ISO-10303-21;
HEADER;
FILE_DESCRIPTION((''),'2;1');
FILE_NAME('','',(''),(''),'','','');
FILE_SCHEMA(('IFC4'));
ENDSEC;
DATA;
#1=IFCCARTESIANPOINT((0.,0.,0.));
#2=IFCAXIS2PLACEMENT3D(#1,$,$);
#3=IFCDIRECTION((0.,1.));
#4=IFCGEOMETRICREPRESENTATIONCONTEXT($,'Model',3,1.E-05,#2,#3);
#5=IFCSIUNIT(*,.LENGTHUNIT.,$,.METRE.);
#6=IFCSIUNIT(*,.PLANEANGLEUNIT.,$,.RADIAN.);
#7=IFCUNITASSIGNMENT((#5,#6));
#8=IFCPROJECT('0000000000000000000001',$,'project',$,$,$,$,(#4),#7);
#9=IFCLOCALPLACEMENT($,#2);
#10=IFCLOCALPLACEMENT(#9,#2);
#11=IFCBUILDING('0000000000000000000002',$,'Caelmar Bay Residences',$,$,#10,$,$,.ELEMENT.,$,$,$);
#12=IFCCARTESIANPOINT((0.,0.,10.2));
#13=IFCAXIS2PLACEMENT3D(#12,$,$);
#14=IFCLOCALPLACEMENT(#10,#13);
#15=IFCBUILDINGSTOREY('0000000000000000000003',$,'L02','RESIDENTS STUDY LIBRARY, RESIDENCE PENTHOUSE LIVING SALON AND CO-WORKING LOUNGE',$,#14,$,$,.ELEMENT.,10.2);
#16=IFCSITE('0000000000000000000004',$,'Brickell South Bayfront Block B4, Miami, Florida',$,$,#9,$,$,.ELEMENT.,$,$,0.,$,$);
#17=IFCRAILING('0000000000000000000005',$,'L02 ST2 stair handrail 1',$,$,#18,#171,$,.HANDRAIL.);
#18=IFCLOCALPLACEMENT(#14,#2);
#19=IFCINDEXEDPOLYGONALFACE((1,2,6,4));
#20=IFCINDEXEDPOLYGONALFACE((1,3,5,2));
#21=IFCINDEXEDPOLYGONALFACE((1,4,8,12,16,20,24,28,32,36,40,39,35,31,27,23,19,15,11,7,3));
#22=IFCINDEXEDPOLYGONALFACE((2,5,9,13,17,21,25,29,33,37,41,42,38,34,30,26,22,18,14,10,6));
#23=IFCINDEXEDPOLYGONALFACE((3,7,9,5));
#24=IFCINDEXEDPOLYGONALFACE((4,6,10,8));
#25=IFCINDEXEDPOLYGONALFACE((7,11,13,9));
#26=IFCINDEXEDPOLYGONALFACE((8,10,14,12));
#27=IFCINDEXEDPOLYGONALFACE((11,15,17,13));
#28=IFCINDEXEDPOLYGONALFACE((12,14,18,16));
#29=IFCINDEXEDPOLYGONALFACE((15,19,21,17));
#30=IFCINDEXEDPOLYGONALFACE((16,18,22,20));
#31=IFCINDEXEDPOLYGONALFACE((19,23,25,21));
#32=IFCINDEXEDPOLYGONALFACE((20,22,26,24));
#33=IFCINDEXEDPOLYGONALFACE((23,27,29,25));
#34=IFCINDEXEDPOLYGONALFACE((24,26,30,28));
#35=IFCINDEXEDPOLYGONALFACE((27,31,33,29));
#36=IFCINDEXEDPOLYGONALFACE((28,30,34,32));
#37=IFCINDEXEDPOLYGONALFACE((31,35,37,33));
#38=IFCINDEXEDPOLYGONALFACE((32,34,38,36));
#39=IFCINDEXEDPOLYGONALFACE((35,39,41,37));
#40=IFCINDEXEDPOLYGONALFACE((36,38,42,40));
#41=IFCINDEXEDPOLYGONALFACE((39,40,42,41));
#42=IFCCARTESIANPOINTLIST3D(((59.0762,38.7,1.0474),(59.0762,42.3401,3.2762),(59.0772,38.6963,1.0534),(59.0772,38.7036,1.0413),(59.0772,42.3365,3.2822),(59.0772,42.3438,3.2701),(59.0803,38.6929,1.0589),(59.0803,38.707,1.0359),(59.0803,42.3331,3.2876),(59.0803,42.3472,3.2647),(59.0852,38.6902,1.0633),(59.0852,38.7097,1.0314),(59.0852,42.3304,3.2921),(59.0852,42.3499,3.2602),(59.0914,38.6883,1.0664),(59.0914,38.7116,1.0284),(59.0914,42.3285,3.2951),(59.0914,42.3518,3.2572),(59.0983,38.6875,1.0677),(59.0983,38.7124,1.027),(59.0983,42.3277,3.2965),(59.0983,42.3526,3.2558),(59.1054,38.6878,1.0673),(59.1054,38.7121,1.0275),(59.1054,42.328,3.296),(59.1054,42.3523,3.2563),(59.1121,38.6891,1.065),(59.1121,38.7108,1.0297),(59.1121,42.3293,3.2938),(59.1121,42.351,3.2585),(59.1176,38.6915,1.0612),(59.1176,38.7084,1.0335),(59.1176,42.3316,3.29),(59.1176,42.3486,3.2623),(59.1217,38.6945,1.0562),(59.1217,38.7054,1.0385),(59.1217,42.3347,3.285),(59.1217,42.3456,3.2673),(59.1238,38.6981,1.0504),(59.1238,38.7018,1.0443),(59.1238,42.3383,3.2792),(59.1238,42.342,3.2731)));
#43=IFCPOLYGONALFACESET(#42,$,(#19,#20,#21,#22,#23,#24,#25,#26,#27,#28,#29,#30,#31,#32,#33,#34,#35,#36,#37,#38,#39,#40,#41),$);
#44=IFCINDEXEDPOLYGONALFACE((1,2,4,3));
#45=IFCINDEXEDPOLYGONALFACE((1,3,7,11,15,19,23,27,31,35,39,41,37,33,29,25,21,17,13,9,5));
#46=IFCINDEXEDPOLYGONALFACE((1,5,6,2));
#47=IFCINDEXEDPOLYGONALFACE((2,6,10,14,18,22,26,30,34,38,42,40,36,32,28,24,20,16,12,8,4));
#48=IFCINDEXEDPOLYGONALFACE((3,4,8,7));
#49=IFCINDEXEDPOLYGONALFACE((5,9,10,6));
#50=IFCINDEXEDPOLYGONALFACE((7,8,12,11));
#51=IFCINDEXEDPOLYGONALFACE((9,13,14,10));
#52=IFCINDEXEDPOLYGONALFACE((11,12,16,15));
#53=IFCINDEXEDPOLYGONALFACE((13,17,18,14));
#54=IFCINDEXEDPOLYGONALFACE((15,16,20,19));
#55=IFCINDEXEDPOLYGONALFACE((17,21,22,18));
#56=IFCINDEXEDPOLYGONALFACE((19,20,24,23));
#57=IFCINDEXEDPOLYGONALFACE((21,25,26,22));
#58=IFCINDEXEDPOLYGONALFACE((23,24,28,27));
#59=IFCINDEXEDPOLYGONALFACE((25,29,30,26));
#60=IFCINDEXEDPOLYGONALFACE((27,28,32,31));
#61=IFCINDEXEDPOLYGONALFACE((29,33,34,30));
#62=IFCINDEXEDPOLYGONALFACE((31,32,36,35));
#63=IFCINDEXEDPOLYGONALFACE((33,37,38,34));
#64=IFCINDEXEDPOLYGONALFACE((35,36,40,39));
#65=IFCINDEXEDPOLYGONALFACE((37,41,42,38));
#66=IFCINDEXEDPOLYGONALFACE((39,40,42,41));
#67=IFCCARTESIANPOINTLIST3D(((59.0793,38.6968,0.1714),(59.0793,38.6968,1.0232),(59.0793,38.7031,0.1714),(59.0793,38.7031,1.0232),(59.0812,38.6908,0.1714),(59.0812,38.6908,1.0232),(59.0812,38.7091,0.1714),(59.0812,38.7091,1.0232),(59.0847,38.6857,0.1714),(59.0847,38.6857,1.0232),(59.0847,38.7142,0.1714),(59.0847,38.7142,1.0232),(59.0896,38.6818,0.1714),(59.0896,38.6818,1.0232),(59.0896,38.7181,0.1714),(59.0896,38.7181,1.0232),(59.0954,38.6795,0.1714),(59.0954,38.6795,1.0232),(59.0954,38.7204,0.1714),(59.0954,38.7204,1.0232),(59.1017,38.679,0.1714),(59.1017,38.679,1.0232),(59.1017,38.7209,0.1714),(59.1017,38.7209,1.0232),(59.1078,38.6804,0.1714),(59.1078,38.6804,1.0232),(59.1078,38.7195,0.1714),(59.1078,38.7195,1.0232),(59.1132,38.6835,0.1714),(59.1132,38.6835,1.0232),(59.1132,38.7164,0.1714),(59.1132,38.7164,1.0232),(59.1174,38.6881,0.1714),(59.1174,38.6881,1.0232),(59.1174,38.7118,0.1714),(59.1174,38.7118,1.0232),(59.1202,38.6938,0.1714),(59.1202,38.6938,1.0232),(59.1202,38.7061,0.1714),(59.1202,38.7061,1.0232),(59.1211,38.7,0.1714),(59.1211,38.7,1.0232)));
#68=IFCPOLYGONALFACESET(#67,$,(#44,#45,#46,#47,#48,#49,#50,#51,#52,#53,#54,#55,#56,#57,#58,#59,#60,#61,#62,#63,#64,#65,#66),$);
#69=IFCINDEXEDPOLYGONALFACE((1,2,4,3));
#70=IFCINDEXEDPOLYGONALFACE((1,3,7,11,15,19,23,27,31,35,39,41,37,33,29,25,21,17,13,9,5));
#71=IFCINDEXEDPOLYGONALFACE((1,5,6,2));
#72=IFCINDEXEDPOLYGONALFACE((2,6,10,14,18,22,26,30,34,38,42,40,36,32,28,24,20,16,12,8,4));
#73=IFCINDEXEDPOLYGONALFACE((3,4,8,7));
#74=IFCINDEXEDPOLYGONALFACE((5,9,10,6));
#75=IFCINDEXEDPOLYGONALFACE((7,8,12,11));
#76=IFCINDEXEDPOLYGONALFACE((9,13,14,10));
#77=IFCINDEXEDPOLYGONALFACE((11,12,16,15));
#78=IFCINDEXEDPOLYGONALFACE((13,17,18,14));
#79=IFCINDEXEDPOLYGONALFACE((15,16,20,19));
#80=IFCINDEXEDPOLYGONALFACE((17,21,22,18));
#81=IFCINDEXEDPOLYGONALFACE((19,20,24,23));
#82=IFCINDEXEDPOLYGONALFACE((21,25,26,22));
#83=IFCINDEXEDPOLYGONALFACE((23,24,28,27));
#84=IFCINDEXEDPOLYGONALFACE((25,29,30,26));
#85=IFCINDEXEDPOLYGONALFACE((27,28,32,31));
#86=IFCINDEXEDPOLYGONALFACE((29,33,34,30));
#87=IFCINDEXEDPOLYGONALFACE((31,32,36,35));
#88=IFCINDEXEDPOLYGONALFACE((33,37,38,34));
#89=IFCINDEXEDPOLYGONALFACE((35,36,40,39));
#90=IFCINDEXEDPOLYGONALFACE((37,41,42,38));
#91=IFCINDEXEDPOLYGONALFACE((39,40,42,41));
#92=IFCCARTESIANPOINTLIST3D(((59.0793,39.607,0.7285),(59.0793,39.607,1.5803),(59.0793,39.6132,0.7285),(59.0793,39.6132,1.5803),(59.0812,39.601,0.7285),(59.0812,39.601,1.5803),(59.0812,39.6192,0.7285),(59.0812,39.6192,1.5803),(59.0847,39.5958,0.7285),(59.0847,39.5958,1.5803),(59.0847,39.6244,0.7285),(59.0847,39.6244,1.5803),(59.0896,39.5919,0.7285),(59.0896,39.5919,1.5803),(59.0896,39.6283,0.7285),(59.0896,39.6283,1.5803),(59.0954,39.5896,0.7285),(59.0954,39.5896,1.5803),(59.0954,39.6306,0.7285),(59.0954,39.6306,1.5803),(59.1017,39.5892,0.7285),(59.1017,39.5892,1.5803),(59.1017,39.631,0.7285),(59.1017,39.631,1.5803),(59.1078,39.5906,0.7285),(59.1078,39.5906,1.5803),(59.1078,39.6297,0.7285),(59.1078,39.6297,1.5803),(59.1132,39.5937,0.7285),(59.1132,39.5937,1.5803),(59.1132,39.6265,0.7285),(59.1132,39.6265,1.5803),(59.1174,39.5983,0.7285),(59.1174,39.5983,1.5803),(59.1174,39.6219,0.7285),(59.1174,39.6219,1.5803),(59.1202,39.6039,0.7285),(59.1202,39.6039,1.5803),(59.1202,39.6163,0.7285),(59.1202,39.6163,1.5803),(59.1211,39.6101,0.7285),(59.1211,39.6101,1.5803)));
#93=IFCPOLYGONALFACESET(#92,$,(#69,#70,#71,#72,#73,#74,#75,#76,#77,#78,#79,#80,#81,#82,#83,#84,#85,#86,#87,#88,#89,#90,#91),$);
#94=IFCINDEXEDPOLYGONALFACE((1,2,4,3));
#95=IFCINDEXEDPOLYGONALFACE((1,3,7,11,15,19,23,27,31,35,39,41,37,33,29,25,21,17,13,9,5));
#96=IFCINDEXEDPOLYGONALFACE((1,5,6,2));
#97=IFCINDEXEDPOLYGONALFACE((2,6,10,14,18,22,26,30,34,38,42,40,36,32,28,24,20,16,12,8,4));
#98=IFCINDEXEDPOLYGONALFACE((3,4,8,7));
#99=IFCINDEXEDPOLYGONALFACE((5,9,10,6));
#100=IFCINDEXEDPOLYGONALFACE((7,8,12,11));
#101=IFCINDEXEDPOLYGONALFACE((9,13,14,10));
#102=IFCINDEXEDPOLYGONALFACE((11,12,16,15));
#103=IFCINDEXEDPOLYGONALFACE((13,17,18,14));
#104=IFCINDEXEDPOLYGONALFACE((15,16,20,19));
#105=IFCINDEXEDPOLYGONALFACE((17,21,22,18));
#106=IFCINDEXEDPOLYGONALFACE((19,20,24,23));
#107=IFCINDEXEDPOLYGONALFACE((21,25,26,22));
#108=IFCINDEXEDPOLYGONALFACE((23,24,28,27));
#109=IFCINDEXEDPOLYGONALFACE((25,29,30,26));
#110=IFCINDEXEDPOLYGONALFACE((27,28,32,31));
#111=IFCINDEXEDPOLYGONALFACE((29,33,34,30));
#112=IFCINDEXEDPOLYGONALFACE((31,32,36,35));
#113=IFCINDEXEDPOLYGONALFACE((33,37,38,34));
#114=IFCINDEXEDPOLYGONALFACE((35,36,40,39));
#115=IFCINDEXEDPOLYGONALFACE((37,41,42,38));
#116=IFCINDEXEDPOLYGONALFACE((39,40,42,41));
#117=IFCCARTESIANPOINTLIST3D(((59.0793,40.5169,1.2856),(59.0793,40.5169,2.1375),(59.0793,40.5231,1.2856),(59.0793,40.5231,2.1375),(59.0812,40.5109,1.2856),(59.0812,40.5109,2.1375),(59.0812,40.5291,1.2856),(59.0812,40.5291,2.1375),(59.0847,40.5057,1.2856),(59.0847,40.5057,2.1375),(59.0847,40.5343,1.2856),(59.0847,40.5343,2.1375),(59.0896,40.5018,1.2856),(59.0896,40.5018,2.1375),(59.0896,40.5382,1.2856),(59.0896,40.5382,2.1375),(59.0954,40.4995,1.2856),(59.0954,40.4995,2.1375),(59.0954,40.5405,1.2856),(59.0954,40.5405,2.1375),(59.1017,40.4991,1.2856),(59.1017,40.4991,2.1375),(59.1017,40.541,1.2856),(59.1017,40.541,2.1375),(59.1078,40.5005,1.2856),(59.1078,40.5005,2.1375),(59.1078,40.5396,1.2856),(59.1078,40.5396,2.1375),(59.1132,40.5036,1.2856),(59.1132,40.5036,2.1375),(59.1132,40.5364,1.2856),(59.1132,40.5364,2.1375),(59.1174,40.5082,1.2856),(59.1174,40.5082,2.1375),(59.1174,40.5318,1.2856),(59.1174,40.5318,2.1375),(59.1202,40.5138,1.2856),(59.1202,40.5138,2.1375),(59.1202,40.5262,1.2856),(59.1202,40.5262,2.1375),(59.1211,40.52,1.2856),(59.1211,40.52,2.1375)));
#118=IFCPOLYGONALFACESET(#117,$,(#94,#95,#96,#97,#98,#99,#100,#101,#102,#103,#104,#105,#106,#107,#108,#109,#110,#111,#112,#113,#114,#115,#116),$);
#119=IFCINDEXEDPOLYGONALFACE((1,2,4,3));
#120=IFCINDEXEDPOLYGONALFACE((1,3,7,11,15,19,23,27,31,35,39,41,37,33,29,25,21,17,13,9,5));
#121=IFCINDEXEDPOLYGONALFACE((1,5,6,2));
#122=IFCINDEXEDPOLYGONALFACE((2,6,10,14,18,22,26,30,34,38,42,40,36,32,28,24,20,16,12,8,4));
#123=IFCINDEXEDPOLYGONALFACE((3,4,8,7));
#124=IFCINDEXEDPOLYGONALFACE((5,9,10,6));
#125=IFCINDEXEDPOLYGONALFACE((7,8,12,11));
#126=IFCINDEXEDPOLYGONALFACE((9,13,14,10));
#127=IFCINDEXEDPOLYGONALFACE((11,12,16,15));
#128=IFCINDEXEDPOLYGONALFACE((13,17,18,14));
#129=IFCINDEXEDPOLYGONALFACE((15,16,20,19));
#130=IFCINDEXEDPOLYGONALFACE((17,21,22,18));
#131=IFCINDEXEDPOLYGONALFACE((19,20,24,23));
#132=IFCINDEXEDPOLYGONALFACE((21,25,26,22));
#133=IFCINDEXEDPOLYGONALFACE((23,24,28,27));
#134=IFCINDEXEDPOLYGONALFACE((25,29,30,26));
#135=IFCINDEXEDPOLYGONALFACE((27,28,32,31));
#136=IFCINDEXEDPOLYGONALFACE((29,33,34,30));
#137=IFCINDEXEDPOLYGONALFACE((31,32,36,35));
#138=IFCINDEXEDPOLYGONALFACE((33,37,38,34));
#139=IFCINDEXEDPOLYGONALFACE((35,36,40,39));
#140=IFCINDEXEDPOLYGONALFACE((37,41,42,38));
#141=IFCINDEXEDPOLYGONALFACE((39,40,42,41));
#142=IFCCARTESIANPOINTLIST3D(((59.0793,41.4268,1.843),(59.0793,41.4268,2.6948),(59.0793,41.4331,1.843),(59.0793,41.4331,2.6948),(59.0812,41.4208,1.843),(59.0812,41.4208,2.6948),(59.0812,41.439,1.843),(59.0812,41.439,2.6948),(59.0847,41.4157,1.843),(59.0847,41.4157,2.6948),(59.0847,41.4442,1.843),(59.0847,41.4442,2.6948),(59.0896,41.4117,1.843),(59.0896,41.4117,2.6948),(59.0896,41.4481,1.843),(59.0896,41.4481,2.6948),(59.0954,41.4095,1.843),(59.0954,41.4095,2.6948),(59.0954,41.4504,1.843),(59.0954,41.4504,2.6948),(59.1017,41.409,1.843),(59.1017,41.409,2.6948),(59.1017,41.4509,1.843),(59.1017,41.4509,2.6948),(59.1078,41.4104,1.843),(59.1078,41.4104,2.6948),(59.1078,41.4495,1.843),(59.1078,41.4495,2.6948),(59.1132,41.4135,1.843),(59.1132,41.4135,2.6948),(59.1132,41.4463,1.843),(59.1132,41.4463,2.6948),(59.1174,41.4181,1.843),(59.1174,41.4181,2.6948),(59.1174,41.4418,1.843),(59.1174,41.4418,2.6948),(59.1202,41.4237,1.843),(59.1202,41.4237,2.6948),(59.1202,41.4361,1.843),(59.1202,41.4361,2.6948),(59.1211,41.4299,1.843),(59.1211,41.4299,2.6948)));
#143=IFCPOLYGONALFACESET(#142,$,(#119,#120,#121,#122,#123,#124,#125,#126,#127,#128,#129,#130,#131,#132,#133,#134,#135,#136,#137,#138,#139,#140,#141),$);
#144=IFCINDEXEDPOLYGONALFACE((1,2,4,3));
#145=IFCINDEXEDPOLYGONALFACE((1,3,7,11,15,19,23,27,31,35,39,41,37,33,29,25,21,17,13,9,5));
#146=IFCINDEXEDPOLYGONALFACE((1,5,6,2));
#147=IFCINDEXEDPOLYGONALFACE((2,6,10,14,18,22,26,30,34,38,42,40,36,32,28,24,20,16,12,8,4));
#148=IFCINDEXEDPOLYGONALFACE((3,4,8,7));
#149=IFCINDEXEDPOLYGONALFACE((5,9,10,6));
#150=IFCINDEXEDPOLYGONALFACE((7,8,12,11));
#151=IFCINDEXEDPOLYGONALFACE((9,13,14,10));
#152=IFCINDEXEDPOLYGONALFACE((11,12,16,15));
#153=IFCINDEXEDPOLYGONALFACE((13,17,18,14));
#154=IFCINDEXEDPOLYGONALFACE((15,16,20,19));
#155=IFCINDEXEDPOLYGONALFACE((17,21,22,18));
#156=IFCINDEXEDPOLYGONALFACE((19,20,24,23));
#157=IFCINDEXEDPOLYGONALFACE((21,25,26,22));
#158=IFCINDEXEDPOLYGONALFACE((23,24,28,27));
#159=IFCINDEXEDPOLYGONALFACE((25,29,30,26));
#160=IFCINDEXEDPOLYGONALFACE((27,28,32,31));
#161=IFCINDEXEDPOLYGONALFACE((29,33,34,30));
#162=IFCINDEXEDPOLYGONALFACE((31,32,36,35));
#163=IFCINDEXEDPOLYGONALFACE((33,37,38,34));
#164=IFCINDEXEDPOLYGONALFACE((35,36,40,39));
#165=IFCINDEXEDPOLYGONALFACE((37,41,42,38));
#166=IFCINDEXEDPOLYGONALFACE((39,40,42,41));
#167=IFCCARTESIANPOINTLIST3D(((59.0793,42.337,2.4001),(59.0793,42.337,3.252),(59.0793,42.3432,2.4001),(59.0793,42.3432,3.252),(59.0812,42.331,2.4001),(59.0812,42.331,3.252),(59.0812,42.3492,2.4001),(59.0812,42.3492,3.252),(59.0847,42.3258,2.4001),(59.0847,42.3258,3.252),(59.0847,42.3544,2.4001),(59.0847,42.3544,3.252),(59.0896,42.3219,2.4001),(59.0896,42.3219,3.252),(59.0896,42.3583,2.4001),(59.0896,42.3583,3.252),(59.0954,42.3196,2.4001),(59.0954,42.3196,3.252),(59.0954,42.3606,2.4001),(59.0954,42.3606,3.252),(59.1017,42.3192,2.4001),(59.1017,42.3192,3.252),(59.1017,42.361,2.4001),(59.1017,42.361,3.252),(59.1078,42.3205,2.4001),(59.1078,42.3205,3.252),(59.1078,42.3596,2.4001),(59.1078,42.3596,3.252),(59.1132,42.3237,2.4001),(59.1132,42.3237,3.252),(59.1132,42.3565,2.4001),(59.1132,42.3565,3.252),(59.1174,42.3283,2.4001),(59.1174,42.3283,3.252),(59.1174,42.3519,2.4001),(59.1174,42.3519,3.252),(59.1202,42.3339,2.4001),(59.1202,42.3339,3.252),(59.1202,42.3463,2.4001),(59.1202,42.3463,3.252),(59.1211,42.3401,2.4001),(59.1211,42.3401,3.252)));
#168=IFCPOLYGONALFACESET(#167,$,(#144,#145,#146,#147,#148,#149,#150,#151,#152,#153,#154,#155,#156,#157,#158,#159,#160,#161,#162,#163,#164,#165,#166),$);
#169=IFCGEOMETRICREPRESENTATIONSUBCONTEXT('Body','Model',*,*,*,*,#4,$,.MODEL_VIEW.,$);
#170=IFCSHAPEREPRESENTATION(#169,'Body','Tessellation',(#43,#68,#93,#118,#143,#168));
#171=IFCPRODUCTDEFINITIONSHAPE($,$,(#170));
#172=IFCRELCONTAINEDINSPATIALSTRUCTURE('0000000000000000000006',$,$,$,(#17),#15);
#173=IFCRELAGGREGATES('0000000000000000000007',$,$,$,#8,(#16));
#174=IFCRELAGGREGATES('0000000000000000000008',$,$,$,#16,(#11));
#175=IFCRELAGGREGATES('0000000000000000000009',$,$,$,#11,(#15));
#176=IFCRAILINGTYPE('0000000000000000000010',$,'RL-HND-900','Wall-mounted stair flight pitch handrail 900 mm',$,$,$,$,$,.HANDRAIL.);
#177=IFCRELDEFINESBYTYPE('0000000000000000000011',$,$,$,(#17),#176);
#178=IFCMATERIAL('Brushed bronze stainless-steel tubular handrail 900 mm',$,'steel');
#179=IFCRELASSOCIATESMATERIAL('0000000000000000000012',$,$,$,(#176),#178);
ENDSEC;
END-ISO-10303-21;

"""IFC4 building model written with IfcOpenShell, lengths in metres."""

from ifc_helpers import new_model, si_unit, direction, frame, origin, origin_2d, place, context, subcontext, project, spatial, circle, extrude, material, type_object, element, save


model = new_model("IFC4")

# Units and contexts
model_context = context("Model", 3, precision=1e-05, world=origin(), true_north=direction((0.0, 1.0)))
body_context = subcontext(model_context, "Body", "Model", "MODEL_VIEW")
ifc_project = project(units=[si_unit("LENGTHUNIT", "METRE"), si_unit("PLANEANGLEUNIT", "RADIAN")], contexts=[model_context])

# Site, building, storey
site_placement = place(None, origin())
site = spatial("IfcSite", under=ifc_project, at=site_placement, Name="Brickell South Bayfront Block B4, Miami, Florida", CompositionType="ELEMENT", RefElevation=0.0)
building_placement = place(site_placement, origin())
building = spatial("IfcBuilding", under=site, at=building_placement, Name="Caelmar Bay Residences", CompositionType="ELEMENT")
storey_placement = place(building_placement, frame((0.0, 0.0, 10.2)))
storey = spatial("IfcBuildingStorey", under=building, at=storey_placement, Name="L02", Description="RESIDENTS STUDY LIBRARY, RESIDENCE PENTHOUSE LIVING SALON AND CO-WORKING LOUNGE", CompositionType="ELEMENT", Elevation=10.2)

# Railing
ifc_material_1 = material(Name="Brushed bronze stainless-steel tubular handrail 900 mm", Category="steel")
railing_type_1 = type_object("IfcRailingType", Name="RL-HND-900", Description="Wall-mounted stair flight pitch handrail 900 mm", PredefinedType="HANDRAIL", material=ifc_material_1)
railing_1_placement = place(storey_placement, frame((59.1001, 38.7, 0.1714)))
element("IfcRailing", 1, at=railing_1_placement, inside=storey, type_object=railing_type_1, Name="L02 ST2 stair handrail 1", PredefinedType="HANDRAIL", context=body_context, shape_type="SweptSolid", body=[
    extrude(circle(Radius=0.0239, at=origin_2d()), frame((0.0, 0.0, 0.876), z_axis=(0.0, 0.85284, 0.522172), x_axis=(-1.0, 0.0, 0.0)), (0.0, 0.0, 1.0), 4.2683),
    extrude(circle(Radius=0.021, at=origin_2d()), origin(), (0.0, 0.0, 1.0), 0.8518),
    extrude(circle(Radius=0.021, at=origin_2d()), frame((0.0, 0.9102, 0.5571)), (0.0, 0.0, 1.0), 0.8518),
    extrude(circle(Radius=0.021, at=origin_2d()), frame((0.0, 1.8201, 1.1143)), (0.0, 0.0, 1.0), 0.8518),
    extrude(circle(Radius=0.021, at=origin_2d()), frame((0.0, 2.73, 1.6716)), (0.0, 0.0, 1.0), 0.8518),
    extrude(circle(Radius=0.021, at=origin_2d()), frame((0.0, 3.6401, 2.2288)), (0.0, 0.0, 1.0), 0.8518),
])

save(model, "model.ifc")
